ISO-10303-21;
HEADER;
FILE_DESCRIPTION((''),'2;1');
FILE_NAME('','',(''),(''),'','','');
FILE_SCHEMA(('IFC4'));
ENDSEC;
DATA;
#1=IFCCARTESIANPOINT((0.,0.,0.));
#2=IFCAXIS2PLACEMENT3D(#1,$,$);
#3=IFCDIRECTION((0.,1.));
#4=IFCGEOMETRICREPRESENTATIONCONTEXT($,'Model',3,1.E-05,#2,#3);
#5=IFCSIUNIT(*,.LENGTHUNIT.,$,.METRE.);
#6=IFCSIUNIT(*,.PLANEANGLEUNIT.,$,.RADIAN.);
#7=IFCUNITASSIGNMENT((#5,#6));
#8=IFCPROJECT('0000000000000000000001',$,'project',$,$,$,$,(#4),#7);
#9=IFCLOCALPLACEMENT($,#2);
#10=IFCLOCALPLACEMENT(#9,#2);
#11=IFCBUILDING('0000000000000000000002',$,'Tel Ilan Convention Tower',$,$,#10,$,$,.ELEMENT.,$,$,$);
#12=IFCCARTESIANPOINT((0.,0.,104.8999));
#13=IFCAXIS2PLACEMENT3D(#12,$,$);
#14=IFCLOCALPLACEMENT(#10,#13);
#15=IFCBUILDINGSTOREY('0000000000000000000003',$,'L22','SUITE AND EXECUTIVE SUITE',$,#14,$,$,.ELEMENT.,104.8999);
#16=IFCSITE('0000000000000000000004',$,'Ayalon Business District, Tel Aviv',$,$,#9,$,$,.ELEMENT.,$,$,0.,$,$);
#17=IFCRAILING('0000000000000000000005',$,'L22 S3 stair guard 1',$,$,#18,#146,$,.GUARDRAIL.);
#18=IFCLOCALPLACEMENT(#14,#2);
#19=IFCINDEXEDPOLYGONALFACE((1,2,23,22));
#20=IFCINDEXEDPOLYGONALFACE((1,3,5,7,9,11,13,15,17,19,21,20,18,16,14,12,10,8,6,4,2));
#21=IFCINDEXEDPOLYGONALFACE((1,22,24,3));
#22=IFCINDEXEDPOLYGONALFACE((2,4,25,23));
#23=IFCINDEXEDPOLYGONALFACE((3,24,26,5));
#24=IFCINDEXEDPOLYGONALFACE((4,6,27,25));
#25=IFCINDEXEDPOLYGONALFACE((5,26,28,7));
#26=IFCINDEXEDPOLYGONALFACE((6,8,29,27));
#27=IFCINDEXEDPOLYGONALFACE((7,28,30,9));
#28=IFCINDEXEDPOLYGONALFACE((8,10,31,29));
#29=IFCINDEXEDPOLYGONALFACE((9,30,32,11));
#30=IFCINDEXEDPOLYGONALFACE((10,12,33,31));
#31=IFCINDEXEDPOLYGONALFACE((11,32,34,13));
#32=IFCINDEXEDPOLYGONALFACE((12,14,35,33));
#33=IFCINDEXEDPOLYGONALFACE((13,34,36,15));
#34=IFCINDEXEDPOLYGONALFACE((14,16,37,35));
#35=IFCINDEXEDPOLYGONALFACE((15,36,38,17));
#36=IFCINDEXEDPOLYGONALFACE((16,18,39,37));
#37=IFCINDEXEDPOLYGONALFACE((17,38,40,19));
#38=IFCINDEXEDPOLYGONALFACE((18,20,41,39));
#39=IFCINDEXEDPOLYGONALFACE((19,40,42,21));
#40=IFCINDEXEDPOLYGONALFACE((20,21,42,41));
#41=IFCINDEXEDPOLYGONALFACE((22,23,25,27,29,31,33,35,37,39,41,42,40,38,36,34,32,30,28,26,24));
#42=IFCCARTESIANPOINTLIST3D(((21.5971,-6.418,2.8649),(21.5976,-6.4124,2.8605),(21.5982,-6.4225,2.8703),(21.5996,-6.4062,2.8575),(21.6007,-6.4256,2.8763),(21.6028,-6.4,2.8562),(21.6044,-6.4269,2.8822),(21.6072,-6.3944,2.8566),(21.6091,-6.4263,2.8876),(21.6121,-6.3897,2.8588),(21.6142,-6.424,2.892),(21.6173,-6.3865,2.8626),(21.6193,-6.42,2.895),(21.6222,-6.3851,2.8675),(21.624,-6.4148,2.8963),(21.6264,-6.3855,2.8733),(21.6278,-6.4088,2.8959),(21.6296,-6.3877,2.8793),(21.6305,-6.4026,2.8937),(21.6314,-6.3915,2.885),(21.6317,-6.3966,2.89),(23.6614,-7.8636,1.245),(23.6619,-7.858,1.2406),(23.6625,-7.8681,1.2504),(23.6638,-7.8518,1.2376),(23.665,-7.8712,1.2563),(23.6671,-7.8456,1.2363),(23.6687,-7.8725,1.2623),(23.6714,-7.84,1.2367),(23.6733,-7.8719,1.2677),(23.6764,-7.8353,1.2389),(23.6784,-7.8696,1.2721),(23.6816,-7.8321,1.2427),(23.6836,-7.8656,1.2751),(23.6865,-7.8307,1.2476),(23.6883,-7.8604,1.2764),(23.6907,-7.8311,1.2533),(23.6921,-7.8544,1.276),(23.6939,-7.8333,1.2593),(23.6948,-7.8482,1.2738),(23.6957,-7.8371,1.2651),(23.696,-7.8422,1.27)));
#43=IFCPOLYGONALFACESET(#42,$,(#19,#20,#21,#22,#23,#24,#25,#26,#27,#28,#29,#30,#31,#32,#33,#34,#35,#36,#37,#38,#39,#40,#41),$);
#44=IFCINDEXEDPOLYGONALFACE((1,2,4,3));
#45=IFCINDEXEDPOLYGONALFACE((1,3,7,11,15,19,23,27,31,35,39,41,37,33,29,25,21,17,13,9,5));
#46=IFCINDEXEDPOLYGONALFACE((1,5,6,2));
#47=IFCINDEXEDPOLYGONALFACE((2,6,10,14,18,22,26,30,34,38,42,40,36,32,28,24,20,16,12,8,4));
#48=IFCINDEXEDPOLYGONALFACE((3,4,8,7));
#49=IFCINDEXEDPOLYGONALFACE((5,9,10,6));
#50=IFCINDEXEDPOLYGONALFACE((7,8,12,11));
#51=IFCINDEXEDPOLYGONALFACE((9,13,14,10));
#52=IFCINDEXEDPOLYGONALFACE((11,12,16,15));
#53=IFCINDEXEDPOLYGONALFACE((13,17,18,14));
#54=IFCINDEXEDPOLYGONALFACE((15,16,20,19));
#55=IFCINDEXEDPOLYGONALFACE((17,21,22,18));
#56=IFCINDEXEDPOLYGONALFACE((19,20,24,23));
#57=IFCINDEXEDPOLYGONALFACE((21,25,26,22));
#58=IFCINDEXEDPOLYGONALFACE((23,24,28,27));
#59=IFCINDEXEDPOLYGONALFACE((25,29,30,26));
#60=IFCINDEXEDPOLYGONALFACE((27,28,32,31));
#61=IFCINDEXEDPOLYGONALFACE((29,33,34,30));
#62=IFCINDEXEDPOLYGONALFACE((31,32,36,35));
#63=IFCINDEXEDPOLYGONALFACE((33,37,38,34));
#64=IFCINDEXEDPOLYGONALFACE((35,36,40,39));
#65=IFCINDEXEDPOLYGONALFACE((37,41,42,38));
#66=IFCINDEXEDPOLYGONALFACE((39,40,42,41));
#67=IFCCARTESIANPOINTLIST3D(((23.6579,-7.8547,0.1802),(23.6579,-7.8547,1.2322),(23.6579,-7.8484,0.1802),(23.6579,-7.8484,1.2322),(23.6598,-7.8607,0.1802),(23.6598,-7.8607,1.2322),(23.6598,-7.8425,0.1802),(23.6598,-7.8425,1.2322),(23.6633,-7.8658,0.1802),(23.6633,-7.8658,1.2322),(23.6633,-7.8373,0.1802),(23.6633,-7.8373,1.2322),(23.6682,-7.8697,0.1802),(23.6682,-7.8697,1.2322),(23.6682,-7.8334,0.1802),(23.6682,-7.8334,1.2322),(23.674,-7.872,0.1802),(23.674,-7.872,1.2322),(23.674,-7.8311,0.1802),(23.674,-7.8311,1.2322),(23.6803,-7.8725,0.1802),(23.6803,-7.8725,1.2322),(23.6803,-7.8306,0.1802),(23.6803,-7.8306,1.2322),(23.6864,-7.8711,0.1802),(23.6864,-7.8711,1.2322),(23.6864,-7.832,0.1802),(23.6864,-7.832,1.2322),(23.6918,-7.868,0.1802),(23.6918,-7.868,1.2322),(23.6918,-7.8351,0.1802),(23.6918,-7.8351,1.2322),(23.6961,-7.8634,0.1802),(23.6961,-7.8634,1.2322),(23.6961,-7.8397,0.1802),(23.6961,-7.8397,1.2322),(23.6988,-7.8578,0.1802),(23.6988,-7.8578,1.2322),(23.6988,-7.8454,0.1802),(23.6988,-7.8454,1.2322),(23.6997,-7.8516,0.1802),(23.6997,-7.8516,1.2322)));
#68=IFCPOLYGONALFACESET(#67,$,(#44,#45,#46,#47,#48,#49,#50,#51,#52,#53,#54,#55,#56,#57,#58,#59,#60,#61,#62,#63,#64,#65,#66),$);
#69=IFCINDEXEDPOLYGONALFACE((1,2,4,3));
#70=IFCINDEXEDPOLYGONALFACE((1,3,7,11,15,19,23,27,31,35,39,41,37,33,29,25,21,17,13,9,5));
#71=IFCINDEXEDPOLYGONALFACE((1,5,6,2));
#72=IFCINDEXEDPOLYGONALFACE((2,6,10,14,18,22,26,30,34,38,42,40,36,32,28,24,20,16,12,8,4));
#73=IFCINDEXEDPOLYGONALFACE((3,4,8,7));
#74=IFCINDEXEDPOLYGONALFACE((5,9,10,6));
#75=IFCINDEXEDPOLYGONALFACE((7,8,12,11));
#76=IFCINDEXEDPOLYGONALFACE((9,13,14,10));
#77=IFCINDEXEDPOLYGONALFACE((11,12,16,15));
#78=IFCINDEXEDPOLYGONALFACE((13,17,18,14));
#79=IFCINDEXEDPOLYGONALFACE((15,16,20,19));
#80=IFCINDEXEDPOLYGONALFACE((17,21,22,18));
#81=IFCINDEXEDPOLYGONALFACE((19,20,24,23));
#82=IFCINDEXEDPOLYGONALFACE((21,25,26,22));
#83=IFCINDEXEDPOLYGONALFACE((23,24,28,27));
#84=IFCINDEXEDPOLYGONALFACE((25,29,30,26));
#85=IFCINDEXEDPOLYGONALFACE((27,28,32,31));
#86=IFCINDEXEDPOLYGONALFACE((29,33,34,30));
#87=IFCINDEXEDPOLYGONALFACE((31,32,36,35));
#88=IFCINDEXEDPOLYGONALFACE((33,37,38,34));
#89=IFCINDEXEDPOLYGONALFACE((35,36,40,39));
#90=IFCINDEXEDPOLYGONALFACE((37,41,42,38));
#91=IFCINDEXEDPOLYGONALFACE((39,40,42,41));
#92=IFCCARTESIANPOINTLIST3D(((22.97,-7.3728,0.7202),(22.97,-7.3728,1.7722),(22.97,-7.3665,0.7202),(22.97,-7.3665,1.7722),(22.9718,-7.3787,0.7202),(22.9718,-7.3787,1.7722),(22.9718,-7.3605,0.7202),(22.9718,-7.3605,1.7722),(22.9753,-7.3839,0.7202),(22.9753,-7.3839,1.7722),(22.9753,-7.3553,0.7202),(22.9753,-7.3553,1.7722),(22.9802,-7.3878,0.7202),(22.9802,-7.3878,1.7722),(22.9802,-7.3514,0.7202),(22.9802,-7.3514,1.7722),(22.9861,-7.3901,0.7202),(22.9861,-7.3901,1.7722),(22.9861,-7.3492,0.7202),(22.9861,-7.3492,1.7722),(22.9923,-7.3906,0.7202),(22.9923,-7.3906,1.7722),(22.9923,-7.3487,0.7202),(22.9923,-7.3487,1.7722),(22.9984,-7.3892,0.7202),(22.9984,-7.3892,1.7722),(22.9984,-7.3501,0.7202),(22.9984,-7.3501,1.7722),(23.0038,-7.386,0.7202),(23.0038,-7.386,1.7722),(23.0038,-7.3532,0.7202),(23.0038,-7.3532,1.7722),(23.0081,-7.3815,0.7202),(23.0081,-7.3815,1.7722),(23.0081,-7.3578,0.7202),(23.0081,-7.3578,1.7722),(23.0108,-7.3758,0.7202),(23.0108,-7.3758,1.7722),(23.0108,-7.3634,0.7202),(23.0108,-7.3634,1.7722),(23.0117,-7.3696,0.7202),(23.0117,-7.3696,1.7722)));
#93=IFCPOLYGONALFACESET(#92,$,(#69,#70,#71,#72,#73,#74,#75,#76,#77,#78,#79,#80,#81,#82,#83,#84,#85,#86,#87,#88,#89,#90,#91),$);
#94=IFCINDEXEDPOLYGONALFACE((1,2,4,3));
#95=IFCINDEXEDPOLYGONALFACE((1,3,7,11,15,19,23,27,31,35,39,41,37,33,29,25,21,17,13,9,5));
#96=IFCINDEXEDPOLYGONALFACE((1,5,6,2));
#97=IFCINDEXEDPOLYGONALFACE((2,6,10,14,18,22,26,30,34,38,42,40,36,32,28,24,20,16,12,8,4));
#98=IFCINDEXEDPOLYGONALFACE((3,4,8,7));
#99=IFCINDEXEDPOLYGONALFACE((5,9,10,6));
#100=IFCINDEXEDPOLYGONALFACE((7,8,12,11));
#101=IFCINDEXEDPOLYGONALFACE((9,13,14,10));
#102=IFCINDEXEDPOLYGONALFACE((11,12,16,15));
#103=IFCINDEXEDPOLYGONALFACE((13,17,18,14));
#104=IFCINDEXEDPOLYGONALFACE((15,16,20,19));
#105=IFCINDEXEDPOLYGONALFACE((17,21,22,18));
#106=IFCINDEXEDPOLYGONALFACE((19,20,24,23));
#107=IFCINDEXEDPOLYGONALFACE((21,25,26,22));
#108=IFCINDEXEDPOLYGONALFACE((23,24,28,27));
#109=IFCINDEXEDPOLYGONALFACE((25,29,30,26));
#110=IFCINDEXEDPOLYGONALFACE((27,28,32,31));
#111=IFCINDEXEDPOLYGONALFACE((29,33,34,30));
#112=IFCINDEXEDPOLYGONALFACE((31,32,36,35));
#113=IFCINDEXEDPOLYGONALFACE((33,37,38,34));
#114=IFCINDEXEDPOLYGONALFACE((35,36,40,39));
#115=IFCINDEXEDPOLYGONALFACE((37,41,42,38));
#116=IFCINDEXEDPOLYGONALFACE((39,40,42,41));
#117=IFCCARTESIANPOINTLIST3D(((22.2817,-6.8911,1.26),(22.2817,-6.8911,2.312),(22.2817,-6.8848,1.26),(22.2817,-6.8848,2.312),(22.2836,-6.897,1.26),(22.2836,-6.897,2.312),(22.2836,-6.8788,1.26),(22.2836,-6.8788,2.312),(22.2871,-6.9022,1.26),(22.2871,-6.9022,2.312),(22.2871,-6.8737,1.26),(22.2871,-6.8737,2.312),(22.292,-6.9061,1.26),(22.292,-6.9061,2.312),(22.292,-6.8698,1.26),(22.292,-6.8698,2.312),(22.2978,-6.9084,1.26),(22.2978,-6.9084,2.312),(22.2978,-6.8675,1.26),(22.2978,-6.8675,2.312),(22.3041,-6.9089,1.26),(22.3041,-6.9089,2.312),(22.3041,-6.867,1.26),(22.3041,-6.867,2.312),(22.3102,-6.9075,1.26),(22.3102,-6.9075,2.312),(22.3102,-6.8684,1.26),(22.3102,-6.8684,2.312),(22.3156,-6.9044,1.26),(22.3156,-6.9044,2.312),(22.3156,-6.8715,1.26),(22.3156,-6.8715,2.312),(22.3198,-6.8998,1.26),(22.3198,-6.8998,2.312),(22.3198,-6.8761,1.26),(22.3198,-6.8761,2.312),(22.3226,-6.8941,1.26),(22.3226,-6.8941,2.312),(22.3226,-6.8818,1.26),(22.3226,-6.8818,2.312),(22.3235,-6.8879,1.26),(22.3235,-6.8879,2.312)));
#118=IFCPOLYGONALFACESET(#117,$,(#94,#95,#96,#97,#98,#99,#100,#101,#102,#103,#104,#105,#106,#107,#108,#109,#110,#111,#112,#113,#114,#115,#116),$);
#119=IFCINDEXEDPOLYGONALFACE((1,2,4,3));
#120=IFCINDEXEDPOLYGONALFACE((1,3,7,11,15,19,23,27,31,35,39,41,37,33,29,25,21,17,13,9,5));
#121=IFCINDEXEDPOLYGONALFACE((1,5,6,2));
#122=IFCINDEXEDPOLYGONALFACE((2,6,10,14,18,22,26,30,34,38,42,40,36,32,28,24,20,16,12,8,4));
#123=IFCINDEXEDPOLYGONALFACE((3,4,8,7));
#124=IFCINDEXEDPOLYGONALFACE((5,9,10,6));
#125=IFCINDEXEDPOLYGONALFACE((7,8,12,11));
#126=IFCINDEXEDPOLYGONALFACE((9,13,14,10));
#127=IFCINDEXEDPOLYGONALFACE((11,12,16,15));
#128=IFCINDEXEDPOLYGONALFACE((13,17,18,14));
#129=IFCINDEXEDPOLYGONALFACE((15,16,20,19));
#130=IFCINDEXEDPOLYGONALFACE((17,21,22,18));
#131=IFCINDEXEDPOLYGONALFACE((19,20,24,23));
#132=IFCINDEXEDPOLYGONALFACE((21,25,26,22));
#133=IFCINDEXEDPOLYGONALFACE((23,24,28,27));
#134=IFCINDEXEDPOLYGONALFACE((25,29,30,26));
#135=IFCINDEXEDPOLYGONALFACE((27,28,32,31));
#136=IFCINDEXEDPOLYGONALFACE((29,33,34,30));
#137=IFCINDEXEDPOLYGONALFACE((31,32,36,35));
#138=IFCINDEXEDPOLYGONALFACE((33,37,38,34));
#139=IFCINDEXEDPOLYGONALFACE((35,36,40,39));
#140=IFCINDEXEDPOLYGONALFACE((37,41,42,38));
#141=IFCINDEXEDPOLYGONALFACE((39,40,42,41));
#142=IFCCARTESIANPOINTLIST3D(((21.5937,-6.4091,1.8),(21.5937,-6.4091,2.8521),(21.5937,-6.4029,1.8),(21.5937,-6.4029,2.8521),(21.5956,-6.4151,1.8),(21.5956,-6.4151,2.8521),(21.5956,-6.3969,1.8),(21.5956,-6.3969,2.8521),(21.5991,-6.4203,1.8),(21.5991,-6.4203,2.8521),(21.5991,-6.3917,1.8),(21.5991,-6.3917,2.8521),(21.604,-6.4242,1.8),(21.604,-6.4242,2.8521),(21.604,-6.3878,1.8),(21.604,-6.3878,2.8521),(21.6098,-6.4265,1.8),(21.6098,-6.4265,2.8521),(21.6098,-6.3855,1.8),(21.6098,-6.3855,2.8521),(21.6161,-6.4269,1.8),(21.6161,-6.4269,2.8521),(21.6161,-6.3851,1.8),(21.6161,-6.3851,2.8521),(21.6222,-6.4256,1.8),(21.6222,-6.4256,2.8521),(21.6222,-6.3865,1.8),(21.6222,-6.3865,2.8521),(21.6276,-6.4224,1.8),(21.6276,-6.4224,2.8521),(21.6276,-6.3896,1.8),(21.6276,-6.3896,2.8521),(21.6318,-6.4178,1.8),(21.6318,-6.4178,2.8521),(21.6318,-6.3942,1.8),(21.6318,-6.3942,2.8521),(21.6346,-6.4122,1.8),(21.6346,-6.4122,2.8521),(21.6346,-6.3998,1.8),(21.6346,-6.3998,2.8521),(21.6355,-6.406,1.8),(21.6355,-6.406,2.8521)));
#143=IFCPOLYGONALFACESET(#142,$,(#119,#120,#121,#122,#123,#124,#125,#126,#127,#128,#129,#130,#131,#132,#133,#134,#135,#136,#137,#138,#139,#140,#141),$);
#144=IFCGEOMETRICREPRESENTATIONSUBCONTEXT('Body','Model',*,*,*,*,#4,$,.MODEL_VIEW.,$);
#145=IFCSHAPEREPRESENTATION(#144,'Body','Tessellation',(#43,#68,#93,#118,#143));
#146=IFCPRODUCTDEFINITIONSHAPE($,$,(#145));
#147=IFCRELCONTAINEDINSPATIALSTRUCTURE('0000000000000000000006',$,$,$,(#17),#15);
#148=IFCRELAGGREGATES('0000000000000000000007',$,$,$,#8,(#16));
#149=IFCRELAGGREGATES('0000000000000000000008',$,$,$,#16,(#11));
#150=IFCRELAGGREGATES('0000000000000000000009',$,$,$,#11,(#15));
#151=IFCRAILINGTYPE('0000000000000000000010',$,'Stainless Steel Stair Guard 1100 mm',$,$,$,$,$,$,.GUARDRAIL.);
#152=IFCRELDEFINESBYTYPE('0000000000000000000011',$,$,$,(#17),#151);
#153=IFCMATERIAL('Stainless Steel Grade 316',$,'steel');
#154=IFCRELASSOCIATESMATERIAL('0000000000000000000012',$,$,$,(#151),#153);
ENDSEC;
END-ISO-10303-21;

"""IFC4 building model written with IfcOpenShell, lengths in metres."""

from ifc_helpers import new_model, si_unit, direction, frame, origin, origin_2d, place, context, subcontext, project, spatial, circle, extrude, material, type_object, element, save


model = new_model("IFC4")

# Units and contexts
model_context = context("Model", 3, precision=1e-05, world=origin(), true_north=direction((0.0, 1.0)))
body_context = subcontext(model_context, "Body", "Model", "MODEL_VIEW")
ifc_project = project(units=[si_unit("LENGTHUNIT", "METRE"), si_unit("PLANEANGLEUNIT", "RADIAN")], contexts=[model_context])

# Site, building, storey
site_placement = place(None, origin())
site = spatial("IfcSite", under=ifc_project, at=site_placement, Name="Ayalon Business District, Tel Aviv", CompositionType="ELEMENT", RefElevation=0.0)
building_placement = place(site_placement, origin())
building = spatial("IfcBuilding", under=site, at=building_placement, Name="Tel Ilan Convention Tower", CompositionType="ELEMENT")
storey_placement = place(building_placement, frame((0.0, 0.0, 104.8999)))
storey = spatial("IfcBuildingStorey", under=building, at=storey_placement, Name="L22", Description="SUITE AND EXECUTIVE SUITE", CompositionType="ELEMENT", Elevation=104.8999)

# Railing
ifc_material_1 = material(Name="Stainless Steel Grade 316", Category="steel")
railing_type_1 = type_object("IfcRailingType", Name="Stainless Steel Stair Guard 1100 mm", PredefinedType="GUARDRAIL", material=ifc_material_1)
railing_1_placement = place(storey_placement, frame((23.6787, -7.8516, 0.1802)))
element("IfcRailing", 1, at=railing_1_placement, inside=storey, type_object=railing_type_1, Name="L22 S3 stair guard 1", PredefinedType="GUARDRAIL", context=body_context, shape_type="SweptSolid", body=[
    extrude(circle(Radius=0.0239, at=origin_2d()), frame((0.0, 0.0, 1.0762), z_axis=(-0.689043, 0.482534, 0.540722), x_axis=(-0.573625, -0.819118, 0.0)), (0.0, 0.0, 1.0), 2.9958),
    extrude(circle(Radius=0.021, at=origin_2d()), origin(), (0.0, 0.0, 1.0), 1.052),
    extrude(circle(Radius=0.021, at=origin_2d()), frame((-0.688, 0.4819, 0.54)), (0.0, 0.0, 1.0), 1.052),
    extrude(circle(Radius=0.021, at=origin_2d()), frame((-1.3762, 0.9636, 1.0798)), (0.0, 0.0, 1.0), 1.052),
    extrude(circle(Radius=0.021, at=origin_2d()), frame((-2.0642, 1.4456, 1.6199)), (0.0, 0.0, 1.0), 1.052),
])

save(model, "model.ifc")
